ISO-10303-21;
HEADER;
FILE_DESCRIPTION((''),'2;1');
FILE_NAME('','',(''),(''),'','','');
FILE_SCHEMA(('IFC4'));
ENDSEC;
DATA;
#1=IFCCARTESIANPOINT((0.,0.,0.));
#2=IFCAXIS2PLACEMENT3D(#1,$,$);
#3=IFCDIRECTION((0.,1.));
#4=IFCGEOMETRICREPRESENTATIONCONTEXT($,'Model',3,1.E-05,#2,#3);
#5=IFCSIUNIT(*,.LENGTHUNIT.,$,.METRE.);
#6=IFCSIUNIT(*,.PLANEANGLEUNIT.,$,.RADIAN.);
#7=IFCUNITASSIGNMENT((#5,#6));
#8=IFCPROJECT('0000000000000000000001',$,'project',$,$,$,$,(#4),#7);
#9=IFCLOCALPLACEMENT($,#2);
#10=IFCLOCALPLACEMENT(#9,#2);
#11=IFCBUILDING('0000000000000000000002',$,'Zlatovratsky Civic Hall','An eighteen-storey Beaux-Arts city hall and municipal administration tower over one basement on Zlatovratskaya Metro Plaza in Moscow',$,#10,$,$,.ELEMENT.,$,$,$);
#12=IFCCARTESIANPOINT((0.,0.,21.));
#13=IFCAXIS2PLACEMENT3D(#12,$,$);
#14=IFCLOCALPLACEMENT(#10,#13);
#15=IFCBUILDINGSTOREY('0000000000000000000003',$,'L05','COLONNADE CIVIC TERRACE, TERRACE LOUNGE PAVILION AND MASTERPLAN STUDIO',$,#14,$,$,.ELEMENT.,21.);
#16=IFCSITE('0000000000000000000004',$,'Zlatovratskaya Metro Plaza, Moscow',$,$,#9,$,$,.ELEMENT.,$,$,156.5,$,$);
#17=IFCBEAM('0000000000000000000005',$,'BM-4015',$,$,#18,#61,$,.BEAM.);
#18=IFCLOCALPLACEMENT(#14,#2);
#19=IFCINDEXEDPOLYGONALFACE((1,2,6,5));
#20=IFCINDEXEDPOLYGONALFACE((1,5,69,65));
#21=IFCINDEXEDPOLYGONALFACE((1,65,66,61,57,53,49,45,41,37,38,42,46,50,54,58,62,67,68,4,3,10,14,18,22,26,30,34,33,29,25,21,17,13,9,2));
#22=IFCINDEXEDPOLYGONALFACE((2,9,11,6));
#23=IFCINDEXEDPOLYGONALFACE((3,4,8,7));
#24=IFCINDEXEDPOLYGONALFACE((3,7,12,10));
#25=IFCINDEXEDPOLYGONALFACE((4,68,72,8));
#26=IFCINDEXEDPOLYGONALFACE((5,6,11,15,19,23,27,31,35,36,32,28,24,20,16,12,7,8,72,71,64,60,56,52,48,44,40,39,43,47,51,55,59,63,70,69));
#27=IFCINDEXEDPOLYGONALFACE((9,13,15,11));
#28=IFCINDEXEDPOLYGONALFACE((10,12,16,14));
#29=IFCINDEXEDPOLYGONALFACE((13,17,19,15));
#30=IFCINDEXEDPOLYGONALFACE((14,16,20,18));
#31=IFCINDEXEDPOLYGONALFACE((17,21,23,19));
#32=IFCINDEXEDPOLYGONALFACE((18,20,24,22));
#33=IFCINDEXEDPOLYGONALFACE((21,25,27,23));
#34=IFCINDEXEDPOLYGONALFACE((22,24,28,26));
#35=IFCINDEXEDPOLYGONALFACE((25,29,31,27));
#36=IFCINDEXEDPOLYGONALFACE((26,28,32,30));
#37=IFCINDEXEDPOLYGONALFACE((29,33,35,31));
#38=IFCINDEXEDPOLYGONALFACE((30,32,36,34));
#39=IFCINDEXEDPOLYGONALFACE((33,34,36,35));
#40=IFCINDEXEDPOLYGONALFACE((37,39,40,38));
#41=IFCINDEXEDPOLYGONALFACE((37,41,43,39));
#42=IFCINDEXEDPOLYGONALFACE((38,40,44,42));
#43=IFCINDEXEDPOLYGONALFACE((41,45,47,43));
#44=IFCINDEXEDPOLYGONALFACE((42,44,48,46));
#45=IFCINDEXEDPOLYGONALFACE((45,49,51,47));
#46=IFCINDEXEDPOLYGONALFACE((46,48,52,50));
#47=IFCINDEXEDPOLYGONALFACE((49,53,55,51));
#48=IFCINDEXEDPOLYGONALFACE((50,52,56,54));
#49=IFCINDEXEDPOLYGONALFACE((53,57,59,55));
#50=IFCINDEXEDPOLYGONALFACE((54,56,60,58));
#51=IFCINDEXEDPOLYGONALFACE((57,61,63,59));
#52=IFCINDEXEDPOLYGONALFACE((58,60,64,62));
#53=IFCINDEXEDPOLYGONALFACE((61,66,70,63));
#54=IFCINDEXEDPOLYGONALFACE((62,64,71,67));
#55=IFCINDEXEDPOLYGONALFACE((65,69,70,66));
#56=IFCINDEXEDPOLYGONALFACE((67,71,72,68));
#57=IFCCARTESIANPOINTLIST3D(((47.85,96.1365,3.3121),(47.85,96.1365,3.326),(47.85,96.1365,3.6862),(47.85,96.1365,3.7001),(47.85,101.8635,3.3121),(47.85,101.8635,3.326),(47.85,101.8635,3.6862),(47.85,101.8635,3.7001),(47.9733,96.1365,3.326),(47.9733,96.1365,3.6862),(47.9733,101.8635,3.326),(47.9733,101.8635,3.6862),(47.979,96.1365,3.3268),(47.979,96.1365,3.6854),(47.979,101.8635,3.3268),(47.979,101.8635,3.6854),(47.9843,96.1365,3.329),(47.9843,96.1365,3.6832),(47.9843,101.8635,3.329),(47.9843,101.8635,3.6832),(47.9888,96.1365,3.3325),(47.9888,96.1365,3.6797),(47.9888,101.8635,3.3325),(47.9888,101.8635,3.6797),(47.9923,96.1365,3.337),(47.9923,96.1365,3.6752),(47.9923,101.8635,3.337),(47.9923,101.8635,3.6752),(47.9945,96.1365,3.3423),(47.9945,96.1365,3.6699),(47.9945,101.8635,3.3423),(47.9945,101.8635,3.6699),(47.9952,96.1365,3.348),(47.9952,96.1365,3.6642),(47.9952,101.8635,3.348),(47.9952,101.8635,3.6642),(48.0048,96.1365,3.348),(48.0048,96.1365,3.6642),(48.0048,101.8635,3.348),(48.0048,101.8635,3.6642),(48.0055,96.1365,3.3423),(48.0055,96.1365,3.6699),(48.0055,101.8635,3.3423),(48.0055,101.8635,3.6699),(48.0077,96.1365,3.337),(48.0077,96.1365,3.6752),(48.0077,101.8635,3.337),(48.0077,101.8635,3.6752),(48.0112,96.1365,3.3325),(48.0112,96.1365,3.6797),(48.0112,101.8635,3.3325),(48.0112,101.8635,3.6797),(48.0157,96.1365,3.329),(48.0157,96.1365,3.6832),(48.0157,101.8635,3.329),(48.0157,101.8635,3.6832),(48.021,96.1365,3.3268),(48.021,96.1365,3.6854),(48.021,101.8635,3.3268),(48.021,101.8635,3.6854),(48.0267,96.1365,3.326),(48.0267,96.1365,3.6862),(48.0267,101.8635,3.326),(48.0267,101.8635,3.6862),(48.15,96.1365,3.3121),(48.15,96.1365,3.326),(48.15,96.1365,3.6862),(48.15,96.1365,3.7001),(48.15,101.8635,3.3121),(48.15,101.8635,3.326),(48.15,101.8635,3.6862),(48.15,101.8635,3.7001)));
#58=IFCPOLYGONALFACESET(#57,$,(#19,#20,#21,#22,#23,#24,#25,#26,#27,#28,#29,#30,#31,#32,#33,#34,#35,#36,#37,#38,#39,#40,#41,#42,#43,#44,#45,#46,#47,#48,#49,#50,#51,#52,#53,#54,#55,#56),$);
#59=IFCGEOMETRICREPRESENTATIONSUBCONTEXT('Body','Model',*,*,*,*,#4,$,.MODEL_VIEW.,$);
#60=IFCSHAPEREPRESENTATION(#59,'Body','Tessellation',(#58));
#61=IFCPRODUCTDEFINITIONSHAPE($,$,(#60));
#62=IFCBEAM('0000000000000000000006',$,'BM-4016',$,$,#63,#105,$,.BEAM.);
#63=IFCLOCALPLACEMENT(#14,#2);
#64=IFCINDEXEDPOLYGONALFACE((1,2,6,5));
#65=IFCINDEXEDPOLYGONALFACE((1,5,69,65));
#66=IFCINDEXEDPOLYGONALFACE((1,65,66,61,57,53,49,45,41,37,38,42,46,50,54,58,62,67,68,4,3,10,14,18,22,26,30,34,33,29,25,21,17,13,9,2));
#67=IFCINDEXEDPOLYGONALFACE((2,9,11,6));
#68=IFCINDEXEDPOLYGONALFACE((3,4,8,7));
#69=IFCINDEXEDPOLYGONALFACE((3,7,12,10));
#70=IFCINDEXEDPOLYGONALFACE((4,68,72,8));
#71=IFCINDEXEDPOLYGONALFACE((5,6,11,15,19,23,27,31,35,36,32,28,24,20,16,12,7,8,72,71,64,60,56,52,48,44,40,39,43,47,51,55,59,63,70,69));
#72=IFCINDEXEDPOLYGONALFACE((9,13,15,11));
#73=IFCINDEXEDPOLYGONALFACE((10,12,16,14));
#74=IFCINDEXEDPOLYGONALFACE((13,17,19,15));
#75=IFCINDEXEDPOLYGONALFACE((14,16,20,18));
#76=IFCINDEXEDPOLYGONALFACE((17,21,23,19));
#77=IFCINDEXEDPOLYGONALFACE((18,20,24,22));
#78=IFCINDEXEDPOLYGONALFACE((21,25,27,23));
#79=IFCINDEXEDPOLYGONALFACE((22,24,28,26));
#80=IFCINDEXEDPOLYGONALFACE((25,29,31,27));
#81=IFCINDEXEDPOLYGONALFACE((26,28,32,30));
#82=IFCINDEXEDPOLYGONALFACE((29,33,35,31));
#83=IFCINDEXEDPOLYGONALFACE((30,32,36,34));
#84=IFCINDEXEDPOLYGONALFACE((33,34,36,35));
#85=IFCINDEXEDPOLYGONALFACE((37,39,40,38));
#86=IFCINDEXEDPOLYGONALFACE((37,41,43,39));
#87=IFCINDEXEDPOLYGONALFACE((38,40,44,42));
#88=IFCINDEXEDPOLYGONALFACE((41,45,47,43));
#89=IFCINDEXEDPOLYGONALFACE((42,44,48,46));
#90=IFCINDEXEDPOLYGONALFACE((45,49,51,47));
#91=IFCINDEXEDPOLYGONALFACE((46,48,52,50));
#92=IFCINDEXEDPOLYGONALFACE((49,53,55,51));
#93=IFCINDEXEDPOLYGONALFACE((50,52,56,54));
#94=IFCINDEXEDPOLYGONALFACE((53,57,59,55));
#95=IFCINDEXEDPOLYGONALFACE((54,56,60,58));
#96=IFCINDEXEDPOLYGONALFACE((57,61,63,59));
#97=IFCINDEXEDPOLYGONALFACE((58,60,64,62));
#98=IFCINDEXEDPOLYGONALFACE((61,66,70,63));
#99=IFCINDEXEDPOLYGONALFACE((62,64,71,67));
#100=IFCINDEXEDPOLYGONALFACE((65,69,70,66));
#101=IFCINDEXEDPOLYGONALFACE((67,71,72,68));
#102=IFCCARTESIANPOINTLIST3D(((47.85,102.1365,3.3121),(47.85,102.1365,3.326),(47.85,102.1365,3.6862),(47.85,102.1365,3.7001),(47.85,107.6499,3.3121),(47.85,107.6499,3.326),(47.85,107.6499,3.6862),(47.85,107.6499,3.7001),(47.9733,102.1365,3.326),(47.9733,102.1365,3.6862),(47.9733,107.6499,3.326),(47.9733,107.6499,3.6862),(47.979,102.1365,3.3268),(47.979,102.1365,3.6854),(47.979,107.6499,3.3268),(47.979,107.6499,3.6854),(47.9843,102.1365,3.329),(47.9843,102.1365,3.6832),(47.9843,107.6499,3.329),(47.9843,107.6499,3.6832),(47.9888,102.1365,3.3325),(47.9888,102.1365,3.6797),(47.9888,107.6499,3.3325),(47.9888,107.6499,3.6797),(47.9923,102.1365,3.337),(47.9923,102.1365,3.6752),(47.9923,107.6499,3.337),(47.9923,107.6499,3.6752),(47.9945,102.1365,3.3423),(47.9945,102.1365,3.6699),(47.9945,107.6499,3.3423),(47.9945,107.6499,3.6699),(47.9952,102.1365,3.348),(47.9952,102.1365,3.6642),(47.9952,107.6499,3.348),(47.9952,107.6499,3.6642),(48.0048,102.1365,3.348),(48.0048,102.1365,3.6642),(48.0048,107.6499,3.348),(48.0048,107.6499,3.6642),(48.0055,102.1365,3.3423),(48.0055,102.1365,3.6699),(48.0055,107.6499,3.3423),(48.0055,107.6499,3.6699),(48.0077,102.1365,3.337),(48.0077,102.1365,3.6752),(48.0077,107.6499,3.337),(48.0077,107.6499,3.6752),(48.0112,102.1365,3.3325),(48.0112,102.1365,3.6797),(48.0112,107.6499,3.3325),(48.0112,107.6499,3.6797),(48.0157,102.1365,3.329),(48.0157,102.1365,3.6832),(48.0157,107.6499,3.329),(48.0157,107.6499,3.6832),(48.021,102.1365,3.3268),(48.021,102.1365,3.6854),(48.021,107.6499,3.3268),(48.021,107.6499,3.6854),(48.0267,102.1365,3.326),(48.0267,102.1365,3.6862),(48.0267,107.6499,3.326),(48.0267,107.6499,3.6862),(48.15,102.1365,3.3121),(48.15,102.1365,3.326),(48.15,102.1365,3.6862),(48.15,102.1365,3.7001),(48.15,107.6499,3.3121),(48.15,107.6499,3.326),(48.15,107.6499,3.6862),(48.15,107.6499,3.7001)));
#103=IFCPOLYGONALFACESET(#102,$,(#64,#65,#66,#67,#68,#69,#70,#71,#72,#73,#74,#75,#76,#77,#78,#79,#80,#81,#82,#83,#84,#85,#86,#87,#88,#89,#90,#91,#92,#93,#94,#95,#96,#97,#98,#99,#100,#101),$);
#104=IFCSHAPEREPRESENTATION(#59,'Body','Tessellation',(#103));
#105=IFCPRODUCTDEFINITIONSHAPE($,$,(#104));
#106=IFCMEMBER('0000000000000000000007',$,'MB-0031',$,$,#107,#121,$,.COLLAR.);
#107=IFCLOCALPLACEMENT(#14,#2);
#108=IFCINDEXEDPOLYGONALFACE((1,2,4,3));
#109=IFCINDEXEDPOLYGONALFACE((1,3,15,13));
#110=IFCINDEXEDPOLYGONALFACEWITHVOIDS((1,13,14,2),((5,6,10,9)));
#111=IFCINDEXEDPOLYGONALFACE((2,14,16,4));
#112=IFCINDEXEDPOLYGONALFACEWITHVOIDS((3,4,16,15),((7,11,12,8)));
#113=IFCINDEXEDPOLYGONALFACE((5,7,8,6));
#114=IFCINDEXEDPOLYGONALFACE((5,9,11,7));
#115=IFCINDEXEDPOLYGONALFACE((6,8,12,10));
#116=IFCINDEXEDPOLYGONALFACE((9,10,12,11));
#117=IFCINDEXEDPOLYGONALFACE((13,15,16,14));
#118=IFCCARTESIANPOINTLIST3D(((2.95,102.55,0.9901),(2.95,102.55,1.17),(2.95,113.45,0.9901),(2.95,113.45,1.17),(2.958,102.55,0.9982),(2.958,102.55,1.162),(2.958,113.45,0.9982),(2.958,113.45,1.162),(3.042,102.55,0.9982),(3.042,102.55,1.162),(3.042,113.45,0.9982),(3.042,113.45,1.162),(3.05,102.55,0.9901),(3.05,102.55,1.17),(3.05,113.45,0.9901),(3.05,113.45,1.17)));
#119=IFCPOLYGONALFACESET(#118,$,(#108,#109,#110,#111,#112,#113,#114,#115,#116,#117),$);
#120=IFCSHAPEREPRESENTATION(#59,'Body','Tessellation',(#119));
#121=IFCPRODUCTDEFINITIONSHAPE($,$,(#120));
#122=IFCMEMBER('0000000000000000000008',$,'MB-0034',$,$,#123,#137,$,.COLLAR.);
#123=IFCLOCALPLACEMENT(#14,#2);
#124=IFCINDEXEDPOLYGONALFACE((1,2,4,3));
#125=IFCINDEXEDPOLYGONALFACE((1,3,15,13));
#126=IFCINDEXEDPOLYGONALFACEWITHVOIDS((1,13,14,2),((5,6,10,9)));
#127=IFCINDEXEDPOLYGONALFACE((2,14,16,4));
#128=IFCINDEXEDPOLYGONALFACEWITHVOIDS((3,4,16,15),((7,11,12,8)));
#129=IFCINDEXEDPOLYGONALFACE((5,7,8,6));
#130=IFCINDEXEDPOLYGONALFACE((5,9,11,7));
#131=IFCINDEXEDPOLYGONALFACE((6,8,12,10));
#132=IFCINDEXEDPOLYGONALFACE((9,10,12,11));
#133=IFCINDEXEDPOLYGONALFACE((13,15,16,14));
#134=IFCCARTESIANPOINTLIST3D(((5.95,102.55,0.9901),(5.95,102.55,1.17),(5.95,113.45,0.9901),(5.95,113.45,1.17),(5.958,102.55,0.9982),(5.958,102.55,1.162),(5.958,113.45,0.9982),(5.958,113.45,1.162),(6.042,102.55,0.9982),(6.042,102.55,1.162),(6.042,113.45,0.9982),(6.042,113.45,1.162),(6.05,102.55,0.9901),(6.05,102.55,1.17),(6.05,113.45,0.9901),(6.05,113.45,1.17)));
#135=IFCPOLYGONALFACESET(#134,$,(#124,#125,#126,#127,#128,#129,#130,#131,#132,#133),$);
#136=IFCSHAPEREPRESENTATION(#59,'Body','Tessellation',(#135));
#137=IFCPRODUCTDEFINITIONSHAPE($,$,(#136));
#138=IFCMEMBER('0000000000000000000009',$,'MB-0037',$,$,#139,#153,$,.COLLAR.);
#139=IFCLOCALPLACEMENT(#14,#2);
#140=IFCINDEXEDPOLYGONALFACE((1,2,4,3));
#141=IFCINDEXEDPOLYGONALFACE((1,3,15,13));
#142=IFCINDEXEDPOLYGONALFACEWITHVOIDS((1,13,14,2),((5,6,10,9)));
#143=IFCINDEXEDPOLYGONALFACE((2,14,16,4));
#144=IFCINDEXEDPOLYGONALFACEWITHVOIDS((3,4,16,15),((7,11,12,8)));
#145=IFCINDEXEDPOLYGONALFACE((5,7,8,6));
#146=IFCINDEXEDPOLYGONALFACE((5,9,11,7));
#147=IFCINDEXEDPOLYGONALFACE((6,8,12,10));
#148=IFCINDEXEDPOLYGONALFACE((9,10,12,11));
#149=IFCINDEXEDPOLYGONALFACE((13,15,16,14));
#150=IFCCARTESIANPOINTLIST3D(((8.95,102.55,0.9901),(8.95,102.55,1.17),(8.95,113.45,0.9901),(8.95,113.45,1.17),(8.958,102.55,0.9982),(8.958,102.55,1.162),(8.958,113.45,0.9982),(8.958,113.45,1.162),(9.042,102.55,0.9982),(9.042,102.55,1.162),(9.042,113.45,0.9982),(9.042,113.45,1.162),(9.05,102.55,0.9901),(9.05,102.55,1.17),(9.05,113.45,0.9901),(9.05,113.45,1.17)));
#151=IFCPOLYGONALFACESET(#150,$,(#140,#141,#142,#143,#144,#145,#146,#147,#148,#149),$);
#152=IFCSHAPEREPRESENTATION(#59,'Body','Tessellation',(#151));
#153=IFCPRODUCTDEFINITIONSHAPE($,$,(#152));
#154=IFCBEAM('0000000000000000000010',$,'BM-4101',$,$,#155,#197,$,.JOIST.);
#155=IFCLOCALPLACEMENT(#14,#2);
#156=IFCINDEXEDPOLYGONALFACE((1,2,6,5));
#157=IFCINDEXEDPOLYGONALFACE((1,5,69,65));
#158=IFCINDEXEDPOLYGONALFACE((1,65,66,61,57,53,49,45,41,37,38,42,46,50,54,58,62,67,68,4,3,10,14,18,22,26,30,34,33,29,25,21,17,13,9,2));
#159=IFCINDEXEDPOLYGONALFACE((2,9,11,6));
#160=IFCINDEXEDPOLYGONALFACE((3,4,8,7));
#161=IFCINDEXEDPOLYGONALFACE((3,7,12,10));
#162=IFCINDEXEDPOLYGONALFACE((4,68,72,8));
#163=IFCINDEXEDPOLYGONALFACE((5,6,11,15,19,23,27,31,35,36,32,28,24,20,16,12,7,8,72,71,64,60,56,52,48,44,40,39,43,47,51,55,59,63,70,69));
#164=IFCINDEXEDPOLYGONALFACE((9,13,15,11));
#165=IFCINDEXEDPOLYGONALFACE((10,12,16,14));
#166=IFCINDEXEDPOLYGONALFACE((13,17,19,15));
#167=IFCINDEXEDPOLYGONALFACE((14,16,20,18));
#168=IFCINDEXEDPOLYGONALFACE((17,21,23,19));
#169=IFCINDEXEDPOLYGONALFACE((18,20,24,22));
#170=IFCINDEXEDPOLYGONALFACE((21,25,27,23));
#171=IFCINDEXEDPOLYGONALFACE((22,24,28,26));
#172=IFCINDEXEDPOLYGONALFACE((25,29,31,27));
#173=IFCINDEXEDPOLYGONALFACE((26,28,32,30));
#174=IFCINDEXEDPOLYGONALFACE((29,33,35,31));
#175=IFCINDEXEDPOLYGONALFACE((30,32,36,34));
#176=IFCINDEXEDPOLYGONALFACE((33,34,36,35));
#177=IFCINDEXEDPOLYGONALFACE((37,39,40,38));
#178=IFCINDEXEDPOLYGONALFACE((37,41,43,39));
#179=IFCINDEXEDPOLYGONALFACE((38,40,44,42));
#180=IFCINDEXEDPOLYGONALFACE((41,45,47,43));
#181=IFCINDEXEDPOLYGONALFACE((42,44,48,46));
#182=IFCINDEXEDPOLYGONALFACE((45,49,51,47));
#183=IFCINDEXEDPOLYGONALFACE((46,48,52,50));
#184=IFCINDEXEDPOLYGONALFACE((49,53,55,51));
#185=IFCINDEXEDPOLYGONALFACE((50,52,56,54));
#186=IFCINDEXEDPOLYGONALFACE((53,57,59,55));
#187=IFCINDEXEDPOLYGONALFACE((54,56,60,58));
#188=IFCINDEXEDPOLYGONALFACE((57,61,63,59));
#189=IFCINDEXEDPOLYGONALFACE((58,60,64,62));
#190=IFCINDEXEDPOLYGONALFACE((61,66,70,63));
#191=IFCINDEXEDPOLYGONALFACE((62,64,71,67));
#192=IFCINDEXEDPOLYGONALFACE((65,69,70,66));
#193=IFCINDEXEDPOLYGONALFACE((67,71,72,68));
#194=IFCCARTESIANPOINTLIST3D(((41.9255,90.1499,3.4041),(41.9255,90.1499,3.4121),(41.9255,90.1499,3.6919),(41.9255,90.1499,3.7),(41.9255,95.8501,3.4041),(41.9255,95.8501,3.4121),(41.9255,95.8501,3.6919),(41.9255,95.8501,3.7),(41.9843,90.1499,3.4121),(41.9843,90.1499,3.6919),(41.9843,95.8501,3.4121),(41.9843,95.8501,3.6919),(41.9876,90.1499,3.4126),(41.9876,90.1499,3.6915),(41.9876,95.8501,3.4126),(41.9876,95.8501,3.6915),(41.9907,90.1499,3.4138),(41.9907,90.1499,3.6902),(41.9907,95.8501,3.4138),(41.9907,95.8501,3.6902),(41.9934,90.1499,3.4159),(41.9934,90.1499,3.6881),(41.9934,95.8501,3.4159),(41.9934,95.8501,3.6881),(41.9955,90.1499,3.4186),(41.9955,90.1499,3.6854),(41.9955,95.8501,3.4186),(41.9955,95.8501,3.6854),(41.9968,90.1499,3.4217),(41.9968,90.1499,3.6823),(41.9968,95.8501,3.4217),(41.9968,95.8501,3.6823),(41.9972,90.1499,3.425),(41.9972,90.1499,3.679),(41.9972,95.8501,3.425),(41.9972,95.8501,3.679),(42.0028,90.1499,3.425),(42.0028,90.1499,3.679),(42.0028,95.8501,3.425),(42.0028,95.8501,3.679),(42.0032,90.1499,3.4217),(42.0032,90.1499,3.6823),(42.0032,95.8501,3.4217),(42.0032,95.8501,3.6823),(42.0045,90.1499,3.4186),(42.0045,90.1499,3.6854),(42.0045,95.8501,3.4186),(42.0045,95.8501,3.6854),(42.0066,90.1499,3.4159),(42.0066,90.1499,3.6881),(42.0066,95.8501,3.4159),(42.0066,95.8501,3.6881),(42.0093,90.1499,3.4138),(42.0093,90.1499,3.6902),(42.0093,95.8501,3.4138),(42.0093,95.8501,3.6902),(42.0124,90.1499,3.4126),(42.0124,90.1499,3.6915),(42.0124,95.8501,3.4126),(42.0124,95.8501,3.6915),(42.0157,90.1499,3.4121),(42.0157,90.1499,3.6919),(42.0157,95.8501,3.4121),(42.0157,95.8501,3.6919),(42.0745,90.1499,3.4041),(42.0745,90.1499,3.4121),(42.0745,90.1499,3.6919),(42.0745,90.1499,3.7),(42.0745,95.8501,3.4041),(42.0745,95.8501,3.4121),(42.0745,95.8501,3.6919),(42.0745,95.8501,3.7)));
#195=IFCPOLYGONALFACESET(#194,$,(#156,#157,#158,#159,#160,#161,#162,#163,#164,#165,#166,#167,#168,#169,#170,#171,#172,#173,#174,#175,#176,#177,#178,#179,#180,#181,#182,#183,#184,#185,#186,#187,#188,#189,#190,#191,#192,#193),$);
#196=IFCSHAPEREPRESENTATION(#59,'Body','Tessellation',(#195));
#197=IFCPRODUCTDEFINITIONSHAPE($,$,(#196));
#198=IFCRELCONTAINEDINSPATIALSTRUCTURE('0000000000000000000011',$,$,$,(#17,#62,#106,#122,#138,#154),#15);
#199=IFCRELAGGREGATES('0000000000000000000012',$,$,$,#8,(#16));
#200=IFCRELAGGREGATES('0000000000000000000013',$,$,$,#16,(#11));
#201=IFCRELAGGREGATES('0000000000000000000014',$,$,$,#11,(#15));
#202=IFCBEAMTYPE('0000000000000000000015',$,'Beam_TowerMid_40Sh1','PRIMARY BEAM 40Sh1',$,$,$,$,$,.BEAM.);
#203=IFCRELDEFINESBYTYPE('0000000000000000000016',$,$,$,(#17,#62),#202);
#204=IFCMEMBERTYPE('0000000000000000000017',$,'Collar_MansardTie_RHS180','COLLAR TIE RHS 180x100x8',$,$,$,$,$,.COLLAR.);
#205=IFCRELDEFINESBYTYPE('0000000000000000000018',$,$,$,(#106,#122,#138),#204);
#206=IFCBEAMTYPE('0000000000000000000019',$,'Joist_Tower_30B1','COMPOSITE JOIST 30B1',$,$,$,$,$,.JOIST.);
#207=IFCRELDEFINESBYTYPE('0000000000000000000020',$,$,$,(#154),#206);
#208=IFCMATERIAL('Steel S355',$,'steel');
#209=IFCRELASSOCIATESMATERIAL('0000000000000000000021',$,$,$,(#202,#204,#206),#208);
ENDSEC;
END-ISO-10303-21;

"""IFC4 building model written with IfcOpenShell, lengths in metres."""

from ifc_helpers import new_model, si_unit, direction, frame, origin, origin_2d, place, context, subcontext, project, spatial, hollow_rectangle, i_section, extrude, material, material_profile, profile_set, type_object, element, save


model = new_model("IFC4")

# Units and contexts
model_context = context("Model", 3, precision=1e-05, world=origin(), true_north=direction((0.0, 1.0)))
body_context = subcontext(model_context, "Body", "Model", "MODEL_VIEW")
ifc_project = project(units=[si_unit("LENGTHUNIT", "METRE"), si_unit("PLANEANGLEUNIT", "RADIAN")], contexts=[model_context])

# Site, building, storey
site_placement = place(None, origin())
site = spatial("IfcSite", under=ifc_project, at=site_placement, Name="Zlatovratskaya Metro Plaza, Moscow", CompositionType="ELEMENT", RefElevation=156.5)
building_placement = place(site_placement, origin())
building = spatial("IfcBuilding", under=site, at=building_placement, Name="Zlatovratsky Civic Hall", Description="An eighteen-storey Beaux-Arts city hall and municipal administration tower over one basement on Zlatovratskaya Metro Plaza in Moscow", CompositionType="ELEMENT")
storey_placement = place(building_placement, frame((0.0, 0.0, 21.0)))
storey = spatial("IfcBuildingStorey", under=building, at=storey_placement, Name="L05", Description="COLONNADE CIVIC TERRACE, TERRACE LOUNGE PAVILION AND MASTERPLAN STUDIO", CompositionType="ELEMENT", Elevation=21.0)

# Shared definitions
ifc_material_1 = material(Name="Steel S355", Category="steel")

# Beams
ifc_material_profile_1 = material_profile(ifc_material_1, i_section(OverallWidth=0.3, OverallDepth=0.3879, WebThickness=0.0095, FlangeThickness=0.0139, FilletRadius=0.022, at=origin_2d()), Name="40Sh1")
ifc_profile_set_1 = profile_set([ifc_material_profile_1], Name="Steel S355")
beam_type_1 = type_object("IfcBeamType", Name="Beam_TowerMid_40Sh1", Description="PRIMARY BEAM 40Sh1", PredefinedType="BEAM", material=ifc_profile_set_1)
for number, where, z_axis, x_axis, name in (
    (1, (48.0, 96.1365, 3.5061), (0.0, 1.0, 0.0), (-1.0, 0.0, 0.0), "BM-4015"),
):
    element("IfcBeam", number, at=place(storey_placement, frame(where, z_axis=z_axis, x_axis=x_axis)), inside=storey, type_object=beam_type_1, Name=name, PredefinedType="BEAM", context=body_context, shape_type="SweptSolid", body=[
        extrude(i_section(OverallWidth=0.3, OverallDepth=0.3879, WebThickness=0.0095, FlangeThickness=0.0139, FilletRadius=0.022, at=origin_2d()), origin(), (0.0, 0.0, 1.0), 5.7271),
    ])
beam_1_placement = place(storey_placement, frame((48.0, 102.1365, 3.5061), z_axis=(0.0, 1.0, 0.0), x_axis=(-1.0, 0.0, 0.0)))
element("IfcBeam", 2, at=beam_1_placement, inside=storey, type_object=beam_type_1, Name="BM-4016", PredefinedType="BEAM", context=body_context, shape_type="SweptSolid", body=[
    extrude(i_section(OverallWidth=0.3, OverallDepth=0.3879, WebThickness=0.0095, FlangeThickness=0.0139, FilletRadius=0.022, at=origin_2d()), origin(), (0.0, 0.0, 1.0), 5.5134),
])

# Members
ifc_material_profile_2 = material_profile(ifc_material_1, hollow_rectangle(XDim=0.1001, YDim=0.1799, WallThickness=0.0081, at=origin_2d()), Name="RHS 180x100x8")
ifc_profile_set_2 = profile_set([ifc_material_profile_2], Name="Steel S355")
member_type_1 = type_object("IfcMemberType", Name="Collar_MansardTie_RHS180", Description="COLLAR TIE RHS 180x100x8", PredefinedType="COLLAR", material=ifc_profile_set_2)
for number, where, z_axis, x_axis, name in (
    (3, (3.0, 102.55, 1.0801), (0.0, 1.0, 0.0), (-1.0, 0.0, 0.0), "MB-0031"),
    (4, (6.0, 102.55, 1.0801), (0.0, 1.0, 0.0), (-1.0, 0.0, 0.0), "MB-0034"),
    (5, (9.0, 102.55, 1.0801), (0.0, 1.0, 0.0), (-1.0, 0.0, 0.0), "MB-0037"),
):
    element("IfcMember", number, at=place(storey_placement, frame(where, z_axis=z_axis, x_axis=x_axis)), inside=storey, type_object=member_type_1, Name=name, PredefinedType="COLLAR", context=body_context, shape_type="SweptSolid", body=[
        extrude(hollow_rectangle(XDim=0.1001, YDim=0.1799, WallThickness=0.0081, at=origin_2d()), origin(), (0.0, 0.0, 1.0), 10.8999),
    ])

# Beam
ifc_material_profile_3 = material_profile(ifc_material_1, i_section(OverallWidth=0.1489, OverallDepth=0.2959, WebThickness=0.0056, FlangeThickness=0.0081, FilletRadius=0.0129, at=origin_2d()), Name="30B1")
ifc_profile_set_3 = profile_set([ifc_material_profile_3], Name="Steel S355")
beam_type_2 = type_object("IfcBeamType", Name="Joist_Tower_30B1", Description="COMPOSITE JOIST 30B1", PredefinedType="JOIST", material=ifc_profile_set_3)
for number, where, z_axis, x_axis, name in (
    (6, (42.0, 90.1499, 3.552), (0.0, 1.0, 0.0), (-1.0, 0.0, 0.0), "BM-4101"),
):
    element("IfcBeam", number, at=place(storey_placement, frame(where, z_axis=z_axis, x_axis=x_axis)), inside=storey, type_object=beam_type_2, Name=name, PredefinedType="JOIST", context=body_context, shape_type="SweptSolid", body=[
        extrude(i_section(OverallWidth=0.1489, OverallDepth=0.2959, WebThickness=0.0056, FlangeThickness=0.0081, FilletRadius=0.0129, at=origin_2d()), origin(), (0.0, 0.0, 1.0), 5.7002),
    ])

save(model, "model.ifc")
